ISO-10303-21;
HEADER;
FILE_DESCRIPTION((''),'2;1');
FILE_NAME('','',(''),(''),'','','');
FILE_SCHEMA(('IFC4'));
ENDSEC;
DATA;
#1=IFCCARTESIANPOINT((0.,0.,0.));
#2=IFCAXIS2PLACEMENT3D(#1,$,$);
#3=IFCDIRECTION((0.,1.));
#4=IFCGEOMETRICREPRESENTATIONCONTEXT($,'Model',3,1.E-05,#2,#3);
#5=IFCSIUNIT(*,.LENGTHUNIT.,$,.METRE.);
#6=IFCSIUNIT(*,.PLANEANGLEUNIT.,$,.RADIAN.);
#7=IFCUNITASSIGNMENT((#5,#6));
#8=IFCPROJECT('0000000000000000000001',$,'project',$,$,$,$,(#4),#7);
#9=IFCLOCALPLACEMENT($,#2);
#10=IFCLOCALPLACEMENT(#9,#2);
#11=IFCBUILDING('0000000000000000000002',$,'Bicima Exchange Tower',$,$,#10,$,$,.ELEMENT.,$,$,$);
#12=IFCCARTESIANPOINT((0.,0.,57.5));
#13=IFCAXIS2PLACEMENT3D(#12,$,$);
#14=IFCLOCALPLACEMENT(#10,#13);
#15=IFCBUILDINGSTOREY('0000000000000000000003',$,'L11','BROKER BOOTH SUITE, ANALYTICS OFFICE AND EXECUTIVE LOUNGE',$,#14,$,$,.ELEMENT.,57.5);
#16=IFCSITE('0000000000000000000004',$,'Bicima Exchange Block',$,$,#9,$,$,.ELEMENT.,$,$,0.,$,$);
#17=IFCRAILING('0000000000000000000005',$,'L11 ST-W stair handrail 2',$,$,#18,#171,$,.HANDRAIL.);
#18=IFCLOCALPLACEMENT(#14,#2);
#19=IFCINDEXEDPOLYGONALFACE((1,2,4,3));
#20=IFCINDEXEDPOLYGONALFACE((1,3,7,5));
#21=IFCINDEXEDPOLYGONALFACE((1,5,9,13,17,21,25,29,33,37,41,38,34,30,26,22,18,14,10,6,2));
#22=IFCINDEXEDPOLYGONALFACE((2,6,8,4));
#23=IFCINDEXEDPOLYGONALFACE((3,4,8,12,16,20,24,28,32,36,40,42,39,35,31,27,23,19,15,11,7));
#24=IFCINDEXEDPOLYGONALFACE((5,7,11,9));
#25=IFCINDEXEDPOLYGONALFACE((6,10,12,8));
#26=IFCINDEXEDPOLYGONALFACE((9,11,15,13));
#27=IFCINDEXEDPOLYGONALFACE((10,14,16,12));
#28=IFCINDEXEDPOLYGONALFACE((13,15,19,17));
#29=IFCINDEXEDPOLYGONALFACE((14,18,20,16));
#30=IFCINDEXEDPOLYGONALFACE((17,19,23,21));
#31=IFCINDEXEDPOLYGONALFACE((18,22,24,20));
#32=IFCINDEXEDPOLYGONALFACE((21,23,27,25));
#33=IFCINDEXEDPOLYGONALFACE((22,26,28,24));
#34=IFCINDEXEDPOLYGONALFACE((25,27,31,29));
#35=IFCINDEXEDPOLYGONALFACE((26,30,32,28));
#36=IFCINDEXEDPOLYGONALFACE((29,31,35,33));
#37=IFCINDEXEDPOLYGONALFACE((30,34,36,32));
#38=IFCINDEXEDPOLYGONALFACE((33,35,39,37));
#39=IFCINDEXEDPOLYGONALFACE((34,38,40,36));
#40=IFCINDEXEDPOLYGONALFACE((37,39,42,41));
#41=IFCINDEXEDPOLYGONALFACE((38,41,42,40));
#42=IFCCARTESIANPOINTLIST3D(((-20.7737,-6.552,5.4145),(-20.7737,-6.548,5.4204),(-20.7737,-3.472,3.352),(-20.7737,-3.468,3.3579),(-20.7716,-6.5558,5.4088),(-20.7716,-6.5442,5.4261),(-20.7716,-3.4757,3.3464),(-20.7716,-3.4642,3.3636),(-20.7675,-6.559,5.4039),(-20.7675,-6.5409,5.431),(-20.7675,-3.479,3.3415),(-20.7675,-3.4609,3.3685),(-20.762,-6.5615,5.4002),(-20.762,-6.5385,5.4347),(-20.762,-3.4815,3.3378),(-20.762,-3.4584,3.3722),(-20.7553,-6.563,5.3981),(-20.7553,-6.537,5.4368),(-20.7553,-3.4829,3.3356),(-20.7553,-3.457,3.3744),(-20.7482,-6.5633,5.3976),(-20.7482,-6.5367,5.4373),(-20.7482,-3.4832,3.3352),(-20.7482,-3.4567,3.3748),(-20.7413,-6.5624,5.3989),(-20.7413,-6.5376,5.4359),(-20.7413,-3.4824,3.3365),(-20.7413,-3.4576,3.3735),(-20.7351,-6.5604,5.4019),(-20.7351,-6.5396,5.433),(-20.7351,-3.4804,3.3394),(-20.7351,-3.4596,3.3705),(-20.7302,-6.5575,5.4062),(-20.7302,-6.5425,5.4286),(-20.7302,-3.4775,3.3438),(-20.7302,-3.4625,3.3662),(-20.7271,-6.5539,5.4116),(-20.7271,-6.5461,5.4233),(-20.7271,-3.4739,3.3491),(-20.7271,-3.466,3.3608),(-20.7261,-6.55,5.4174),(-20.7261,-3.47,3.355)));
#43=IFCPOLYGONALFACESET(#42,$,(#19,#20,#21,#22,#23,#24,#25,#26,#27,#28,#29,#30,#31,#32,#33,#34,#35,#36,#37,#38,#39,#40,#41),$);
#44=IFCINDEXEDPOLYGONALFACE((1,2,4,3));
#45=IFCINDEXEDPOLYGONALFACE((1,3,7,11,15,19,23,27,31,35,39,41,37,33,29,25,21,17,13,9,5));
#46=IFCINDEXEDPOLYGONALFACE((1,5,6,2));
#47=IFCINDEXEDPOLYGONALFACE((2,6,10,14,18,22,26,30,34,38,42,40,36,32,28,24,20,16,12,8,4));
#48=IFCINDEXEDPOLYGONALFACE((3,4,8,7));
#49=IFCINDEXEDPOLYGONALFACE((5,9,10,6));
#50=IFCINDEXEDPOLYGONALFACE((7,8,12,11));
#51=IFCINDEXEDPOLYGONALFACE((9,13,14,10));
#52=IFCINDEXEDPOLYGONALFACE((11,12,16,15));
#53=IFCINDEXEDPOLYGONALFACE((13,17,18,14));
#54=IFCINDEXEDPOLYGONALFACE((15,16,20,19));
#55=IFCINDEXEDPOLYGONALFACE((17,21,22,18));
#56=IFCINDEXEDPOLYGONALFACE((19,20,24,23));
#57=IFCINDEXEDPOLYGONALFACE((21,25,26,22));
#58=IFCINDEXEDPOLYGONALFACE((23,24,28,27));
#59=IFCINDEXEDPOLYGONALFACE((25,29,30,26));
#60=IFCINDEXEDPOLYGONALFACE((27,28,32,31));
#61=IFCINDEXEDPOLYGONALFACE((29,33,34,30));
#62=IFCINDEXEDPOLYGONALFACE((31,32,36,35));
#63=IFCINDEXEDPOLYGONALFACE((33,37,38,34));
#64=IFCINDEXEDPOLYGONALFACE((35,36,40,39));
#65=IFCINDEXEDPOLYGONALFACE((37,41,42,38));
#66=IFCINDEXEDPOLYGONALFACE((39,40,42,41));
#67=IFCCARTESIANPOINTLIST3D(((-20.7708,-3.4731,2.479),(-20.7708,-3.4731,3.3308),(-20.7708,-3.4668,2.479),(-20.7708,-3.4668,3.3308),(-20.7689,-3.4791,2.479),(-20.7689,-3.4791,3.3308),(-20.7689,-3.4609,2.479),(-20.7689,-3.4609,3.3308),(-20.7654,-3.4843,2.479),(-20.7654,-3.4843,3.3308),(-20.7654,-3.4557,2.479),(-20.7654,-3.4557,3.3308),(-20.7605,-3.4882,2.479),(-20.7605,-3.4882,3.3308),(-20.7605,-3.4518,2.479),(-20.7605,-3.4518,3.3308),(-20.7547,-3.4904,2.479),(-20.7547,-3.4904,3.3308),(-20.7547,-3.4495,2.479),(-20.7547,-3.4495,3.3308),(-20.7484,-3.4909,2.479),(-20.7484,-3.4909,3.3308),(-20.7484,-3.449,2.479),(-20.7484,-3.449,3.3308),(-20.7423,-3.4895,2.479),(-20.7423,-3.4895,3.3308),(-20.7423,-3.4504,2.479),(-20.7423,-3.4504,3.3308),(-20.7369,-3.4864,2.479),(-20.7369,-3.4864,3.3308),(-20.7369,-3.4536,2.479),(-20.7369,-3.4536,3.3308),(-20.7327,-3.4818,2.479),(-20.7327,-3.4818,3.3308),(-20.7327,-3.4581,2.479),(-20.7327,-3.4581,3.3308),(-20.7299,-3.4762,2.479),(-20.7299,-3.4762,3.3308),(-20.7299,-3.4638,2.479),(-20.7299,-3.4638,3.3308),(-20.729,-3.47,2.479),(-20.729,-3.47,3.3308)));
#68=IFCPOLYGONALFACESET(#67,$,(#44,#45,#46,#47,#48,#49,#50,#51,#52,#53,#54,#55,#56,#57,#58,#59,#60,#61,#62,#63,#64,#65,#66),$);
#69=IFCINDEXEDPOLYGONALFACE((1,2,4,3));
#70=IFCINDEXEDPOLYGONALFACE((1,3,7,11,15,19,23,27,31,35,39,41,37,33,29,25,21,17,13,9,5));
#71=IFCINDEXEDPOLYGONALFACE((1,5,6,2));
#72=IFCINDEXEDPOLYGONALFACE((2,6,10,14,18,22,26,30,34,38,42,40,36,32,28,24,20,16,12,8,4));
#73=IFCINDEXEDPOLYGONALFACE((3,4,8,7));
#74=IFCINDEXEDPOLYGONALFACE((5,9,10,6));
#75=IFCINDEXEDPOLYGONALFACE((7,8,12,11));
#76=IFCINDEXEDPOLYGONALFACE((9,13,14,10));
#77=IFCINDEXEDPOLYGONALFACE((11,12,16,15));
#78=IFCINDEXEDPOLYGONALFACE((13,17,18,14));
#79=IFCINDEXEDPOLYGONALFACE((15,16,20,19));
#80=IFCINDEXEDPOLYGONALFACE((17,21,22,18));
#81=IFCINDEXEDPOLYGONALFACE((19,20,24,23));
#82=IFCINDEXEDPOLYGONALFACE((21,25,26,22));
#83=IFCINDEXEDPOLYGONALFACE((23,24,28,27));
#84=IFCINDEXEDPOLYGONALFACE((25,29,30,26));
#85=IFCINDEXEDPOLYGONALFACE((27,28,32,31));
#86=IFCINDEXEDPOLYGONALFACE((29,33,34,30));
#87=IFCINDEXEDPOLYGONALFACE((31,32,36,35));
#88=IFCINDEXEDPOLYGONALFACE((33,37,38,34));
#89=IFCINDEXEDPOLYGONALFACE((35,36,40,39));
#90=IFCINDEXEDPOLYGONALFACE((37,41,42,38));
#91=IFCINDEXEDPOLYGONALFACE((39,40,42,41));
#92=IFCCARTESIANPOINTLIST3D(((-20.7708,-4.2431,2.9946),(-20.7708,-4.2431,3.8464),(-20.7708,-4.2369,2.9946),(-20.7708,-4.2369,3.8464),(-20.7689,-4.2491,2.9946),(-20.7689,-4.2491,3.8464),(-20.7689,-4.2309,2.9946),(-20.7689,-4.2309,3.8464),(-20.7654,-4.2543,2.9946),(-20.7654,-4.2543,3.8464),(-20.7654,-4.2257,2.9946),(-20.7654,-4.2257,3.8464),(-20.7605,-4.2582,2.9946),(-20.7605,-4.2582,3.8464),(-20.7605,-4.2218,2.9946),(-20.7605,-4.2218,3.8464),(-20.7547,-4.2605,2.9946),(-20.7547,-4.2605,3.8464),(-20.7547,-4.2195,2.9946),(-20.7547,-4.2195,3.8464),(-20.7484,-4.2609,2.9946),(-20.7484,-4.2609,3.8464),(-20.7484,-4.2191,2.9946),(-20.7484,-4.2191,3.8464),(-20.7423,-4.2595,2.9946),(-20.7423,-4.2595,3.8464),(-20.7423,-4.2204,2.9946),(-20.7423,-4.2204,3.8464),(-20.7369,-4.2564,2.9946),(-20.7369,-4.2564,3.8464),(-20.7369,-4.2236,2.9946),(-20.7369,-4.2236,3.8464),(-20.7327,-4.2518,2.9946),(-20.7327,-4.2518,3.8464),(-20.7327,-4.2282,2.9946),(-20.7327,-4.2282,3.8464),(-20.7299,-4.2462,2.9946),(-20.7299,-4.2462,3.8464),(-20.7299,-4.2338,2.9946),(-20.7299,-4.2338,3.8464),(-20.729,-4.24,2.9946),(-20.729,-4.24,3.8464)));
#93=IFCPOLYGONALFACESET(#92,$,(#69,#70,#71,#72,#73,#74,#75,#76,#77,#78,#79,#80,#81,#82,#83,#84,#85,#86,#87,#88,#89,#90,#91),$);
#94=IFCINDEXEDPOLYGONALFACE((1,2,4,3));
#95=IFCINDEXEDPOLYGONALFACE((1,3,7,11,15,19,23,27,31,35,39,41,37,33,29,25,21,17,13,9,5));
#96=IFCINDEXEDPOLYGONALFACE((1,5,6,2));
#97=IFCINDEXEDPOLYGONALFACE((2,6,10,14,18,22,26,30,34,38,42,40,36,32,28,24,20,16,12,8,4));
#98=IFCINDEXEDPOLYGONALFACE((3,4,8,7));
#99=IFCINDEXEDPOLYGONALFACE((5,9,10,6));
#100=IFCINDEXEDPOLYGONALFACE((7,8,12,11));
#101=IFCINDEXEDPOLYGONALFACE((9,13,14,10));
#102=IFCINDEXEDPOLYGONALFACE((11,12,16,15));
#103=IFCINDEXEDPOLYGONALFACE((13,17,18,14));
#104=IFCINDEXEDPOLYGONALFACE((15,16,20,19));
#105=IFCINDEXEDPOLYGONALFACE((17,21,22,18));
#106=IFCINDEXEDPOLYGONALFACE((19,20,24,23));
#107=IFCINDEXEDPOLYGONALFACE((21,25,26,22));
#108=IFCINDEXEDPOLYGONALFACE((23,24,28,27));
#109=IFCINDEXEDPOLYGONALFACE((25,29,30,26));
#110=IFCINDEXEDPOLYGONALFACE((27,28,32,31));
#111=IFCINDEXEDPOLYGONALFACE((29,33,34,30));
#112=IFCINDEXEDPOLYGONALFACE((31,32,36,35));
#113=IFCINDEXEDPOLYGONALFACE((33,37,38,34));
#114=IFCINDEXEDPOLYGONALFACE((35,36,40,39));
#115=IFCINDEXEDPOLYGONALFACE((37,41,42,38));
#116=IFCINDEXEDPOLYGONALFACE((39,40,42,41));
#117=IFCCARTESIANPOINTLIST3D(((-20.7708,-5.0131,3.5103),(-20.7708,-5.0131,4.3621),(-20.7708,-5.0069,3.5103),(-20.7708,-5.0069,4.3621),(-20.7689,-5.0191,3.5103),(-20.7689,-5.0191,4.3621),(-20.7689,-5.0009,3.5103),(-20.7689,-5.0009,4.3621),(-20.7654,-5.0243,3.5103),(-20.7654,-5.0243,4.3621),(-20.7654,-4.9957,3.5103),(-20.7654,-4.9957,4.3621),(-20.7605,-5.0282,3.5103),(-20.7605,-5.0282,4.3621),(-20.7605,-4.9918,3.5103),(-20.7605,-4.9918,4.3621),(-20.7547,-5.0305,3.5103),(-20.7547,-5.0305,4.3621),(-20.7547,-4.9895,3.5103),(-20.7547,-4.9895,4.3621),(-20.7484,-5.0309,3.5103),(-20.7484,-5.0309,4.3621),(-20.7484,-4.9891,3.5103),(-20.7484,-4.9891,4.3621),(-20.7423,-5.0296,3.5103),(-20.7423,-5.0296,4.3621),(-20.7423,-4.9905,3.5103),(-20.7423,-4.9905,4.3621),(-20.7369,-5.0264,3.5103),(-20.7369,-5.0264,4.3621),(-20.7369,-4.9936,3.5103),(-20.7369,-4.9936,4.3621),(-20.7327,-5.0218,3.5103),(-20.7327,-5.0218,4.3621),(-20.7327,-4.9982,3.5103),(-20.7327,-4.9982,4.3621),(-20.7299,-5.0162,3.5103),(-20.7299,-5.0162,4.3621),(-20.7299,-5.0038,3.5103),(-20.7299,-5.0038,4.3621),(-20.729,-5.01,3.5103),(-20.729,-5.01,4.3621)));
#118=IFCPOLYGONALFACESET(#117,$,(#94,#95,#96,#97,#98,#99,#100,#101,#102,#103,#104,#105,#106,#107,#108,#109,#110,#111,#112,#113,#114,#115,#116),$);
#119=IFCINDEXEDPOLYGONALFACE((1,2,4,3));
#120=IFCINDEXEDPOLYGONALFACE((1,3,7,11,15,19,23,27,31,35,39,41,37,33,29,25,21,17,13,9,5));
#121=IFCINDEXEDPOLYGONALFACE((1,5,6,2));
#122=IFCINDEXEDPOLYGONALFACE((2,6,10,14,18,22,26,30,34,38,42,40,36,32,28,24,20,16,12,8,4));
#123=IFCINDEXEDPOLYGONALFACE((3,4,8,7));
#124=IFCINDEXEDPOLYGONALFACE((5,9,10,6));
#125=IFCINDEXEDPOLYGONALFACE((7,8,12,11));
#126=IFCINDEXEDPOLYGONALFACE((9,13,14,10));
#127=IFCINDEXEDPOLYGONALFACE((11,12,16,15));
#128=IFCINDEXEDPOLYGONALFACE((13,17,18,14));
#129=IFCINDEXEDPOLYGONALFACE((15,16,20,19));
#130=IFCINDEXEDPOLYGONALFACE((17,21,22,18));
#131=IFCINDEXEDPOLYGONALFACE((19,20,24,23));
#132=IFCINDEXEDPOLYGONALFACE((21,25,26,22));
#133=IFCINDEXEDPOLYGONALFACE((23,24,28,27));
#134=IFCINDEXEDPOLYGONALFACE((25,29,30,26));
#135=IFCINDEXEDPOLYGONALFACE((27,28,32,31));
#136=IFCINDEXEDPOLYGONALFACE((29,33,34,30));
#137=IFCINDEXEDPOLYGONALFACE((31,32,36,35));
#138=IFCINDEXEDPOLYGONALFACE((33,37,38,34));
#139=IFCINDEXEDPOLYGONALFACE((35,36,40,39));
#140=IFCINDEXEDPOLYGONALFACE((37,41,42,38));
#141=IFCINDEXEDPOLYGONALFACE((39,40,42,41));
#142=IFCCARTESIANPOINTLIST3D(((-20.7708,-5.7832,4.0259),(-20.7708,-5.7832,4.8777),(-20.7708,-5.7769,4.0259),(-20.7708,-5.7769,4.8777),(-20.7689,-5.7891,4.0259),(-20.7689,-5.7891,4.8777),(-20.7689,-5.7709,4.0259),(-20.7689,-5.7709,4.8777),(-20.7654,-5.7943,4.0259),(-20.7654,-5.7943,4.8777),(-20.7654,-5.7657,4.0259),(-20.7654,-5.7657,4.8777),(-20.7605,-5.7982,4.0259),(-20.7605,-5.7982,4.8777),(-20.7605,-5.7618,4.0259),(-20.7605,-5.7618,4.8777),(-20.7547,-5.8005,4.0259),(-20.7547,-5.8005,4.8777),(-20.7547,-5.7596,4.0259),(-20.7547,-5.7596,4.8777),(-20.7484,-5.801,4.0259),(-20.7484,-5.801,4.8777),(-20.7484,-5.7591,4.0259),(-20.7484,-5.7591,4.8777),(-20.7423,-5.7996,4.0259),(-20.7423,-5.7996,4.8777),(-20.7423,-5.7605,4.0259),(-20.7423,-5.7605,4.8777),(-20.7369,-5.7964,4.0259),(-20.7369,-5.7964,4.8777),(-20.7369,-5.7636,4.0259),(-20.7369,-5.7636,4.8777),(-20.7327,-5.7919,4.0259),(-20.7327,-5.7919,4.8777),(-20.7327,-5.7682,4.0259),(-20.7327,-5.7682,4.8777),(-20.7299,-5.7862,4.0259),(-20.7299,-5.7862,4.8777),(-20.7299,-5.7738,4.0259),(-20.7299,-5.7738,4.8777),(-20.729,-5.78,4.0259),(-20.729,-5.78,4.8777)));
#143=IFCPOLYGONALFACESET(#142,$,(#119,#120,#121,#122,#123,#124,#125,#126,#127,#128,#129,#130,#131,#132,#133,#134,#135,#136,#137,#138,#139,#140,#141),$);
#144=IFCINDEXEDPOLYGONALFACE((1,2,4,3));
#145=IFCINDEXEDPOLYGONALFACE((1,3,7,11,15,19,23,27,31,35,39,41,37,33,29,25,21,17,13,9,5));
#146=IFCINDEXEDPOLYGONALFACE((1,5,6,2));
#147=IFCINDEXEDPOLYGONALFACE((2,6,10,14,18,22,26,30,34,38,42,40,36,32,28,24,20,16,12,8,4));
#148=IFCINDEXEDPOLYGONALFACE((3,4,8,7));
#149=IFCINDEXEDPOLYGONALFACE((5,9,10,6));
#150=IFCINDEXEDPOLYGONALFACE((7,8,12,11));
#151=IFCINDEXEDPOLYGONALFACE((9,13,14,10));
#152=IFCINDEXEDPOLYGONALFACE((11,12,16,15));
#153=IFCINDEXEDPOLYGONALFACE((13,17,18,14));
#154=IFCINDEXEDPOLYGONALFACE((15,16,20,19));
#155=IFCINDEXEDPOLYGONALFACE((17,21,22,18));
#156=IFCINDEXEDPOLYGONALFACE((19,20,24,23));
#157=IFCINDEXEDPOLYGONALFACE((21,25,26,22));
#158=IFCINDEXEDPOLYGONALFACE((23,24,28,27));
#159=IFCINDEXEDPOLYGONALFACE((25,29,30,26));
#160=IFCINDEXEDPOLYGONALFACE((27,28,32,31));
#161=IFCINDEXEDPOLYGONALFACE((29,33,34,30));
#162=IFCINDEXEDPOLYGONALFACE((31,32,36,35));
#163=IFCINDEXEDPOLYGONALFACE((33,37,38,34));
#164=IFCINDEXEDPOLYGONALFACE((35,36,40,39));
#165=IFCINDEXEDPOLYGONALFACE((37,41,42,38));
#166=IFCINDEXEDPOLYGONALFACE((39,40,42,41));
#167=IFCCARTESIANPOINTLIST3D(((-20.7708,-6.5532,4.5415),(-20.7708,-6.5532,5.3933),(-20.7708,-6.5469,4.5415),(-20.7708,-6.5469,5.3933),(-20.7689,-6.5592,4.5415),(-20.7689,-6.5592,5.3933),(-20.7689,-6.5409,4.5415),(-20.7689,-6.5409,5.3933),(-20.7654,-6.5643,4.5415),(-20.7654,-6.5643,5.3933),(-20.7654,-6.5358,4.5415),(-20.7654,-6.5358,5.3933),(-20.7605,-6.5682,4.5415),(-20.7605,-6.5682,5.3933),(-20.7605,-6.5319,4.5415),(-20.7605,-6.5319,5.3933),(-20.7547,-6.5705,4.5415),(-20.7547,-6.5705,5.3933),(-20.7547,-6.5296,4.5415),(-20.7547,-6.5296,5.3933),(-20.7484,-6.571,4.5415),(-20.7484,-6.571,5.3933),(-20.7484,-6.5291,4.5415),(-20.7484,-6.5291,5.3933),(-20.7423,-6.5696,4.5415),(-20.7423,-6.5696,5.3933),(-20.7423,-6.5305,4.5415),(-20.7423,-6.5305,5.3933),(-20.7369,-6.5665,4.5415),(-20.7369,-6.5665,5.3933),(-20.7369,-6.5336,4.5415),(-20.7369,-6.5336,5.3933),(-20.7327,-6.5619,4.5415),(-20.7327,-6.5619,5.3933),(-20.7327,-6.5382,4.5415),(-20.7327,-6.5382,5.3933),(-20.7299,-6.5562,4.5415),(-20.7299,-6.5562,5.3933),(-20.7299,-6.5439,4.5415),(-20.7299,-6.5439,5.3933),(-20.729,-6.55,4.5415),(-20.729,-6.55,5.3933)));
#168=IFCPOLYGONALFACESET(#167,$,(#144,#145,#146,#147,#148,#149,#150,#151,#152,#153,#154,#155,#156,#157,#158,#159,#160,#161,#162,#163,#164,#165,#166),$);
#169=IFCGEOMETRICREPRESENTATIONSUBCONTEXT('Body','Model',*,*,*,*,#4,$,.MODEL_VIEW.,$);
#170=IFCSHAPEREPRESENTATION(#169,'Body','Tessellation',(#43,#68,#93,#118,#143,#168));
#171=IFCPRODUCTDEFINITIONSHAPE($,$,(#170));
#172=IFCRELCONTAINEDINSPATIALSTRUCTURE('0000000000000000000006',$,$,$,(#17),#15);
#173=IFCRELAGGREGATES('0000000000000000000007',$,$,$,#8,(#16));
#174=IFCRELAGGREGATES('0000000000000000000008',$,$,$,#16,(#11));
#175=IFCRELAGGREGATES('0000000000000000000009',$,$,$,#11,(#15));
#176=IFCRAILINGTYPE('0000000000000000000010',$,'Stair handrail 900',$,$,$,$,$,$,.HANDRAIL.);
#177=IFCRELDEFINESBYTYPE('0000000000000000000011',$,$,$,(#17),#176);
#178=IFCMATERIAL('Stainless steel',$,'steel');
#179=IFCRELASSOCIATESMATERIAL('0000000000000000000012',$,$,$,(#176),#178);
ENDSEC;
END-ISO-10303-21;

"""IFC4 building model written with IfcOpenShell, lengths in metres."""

from ifc_helpers import new_model, si_unit, direction, frame, origin, origin_2d, place, context, subcontext, project, spatial, circle, extrude, material, type_object, element, save


model = new_model("IFC4")

# Units and contexts
model_context = context("Model", 3, precision=1e-05, world=origin(), true_north=direction((0.0, 1.0)))
body_context = subcontext(model_context, "Body", "Model", "MODEL_VIEW")
ifc_project = project(units=[si_unit("LENGTHUNIT", "METRE"), si_unit("PLANEANGLEUNIT", "RADIAN")], contexts=[model_context])

# Site, building, storey
site_placement = place(None, origin())
site = spatial("IfcSite", under=ifc_project, at=site_placement, Name="Bicima Exchange Block", CompositionType="ELEMENT", RefElevation=0.0)
building_placement = place(site_placement, origin())
building = spatial("IfcBuilding", under=site, at=building_placement, Name="Bicima Exchange Tower", CompositionType="ELEMENT")
storey_placement = place(building_placement, frame((0.0, 0.0, 57.5)))
storey = spatial("IfcBuildingStorey", under=building, at=storey_placement, Name="L11", Description="BROKER BOOTH SUITE, ANALYTICS OFFICE AND EXECUTIVE LOUNGE", CompositionType="ELEMENT", Elevation=57.5)

# Shared definitions
ifc_material_1 = material(Name="Stainless steel", Category="steel")

# Railing
railing_type_1 = type_object("IfcRailingType", Name="Stair handrail 900", PredefinedType="HANDRAIL", material=ifc_material_1)
railing_1_placement = place(storey_placement, frame((-20.75, -3.47, 2.479)))
element("IfcRailing", 1, at=railing_1_placement, inside=storey, type_object=railing_type_1, Name="L11 ST-W stair handrail 2", PredefinedType="HANDRAIL", context=body_context, shape_type="SweptSolid", body=[
    extrude(circle(Radius=0.0239, at=origin_2d()), frame((0.0, 0.0, 0.876), z_axis=(0.0, -0.830914, 0.556401), x_axis=(1.0, 0.0, 0.0)), (0.0, 0.0, 1.0), 3.7068),
    extrude(circle(Radius=0.021, at=origin_2d()), origin(), (0.0, 0.0, 1.0), 0.8518),
    extrude(circle(Radius=0.021, at=origin_2d()), frame((0.0, -0.77, 0.5156)), (0.0, 0.0, 1.0), 0.8518),
    extrude(circle(Radius=0.021, at=origin_2d()), frame((0.0, -1.54, 1.0312)), (0.0, 0.0, 1.0), 0.8518),
    extrude(circle(Radius=0.021, at=origin_2d()), frame((0.0, -2.3101, 1.5469)), (0.0, 0.0, 1.0), 0.8518),
    extrude(circle(Radius=0.021, at=origin_2d()), frame((0.0, -3.0801, 2.0625)), (0.0, 0.0, 1.0), 0.8518),
])

save(model, "model.ifc")
